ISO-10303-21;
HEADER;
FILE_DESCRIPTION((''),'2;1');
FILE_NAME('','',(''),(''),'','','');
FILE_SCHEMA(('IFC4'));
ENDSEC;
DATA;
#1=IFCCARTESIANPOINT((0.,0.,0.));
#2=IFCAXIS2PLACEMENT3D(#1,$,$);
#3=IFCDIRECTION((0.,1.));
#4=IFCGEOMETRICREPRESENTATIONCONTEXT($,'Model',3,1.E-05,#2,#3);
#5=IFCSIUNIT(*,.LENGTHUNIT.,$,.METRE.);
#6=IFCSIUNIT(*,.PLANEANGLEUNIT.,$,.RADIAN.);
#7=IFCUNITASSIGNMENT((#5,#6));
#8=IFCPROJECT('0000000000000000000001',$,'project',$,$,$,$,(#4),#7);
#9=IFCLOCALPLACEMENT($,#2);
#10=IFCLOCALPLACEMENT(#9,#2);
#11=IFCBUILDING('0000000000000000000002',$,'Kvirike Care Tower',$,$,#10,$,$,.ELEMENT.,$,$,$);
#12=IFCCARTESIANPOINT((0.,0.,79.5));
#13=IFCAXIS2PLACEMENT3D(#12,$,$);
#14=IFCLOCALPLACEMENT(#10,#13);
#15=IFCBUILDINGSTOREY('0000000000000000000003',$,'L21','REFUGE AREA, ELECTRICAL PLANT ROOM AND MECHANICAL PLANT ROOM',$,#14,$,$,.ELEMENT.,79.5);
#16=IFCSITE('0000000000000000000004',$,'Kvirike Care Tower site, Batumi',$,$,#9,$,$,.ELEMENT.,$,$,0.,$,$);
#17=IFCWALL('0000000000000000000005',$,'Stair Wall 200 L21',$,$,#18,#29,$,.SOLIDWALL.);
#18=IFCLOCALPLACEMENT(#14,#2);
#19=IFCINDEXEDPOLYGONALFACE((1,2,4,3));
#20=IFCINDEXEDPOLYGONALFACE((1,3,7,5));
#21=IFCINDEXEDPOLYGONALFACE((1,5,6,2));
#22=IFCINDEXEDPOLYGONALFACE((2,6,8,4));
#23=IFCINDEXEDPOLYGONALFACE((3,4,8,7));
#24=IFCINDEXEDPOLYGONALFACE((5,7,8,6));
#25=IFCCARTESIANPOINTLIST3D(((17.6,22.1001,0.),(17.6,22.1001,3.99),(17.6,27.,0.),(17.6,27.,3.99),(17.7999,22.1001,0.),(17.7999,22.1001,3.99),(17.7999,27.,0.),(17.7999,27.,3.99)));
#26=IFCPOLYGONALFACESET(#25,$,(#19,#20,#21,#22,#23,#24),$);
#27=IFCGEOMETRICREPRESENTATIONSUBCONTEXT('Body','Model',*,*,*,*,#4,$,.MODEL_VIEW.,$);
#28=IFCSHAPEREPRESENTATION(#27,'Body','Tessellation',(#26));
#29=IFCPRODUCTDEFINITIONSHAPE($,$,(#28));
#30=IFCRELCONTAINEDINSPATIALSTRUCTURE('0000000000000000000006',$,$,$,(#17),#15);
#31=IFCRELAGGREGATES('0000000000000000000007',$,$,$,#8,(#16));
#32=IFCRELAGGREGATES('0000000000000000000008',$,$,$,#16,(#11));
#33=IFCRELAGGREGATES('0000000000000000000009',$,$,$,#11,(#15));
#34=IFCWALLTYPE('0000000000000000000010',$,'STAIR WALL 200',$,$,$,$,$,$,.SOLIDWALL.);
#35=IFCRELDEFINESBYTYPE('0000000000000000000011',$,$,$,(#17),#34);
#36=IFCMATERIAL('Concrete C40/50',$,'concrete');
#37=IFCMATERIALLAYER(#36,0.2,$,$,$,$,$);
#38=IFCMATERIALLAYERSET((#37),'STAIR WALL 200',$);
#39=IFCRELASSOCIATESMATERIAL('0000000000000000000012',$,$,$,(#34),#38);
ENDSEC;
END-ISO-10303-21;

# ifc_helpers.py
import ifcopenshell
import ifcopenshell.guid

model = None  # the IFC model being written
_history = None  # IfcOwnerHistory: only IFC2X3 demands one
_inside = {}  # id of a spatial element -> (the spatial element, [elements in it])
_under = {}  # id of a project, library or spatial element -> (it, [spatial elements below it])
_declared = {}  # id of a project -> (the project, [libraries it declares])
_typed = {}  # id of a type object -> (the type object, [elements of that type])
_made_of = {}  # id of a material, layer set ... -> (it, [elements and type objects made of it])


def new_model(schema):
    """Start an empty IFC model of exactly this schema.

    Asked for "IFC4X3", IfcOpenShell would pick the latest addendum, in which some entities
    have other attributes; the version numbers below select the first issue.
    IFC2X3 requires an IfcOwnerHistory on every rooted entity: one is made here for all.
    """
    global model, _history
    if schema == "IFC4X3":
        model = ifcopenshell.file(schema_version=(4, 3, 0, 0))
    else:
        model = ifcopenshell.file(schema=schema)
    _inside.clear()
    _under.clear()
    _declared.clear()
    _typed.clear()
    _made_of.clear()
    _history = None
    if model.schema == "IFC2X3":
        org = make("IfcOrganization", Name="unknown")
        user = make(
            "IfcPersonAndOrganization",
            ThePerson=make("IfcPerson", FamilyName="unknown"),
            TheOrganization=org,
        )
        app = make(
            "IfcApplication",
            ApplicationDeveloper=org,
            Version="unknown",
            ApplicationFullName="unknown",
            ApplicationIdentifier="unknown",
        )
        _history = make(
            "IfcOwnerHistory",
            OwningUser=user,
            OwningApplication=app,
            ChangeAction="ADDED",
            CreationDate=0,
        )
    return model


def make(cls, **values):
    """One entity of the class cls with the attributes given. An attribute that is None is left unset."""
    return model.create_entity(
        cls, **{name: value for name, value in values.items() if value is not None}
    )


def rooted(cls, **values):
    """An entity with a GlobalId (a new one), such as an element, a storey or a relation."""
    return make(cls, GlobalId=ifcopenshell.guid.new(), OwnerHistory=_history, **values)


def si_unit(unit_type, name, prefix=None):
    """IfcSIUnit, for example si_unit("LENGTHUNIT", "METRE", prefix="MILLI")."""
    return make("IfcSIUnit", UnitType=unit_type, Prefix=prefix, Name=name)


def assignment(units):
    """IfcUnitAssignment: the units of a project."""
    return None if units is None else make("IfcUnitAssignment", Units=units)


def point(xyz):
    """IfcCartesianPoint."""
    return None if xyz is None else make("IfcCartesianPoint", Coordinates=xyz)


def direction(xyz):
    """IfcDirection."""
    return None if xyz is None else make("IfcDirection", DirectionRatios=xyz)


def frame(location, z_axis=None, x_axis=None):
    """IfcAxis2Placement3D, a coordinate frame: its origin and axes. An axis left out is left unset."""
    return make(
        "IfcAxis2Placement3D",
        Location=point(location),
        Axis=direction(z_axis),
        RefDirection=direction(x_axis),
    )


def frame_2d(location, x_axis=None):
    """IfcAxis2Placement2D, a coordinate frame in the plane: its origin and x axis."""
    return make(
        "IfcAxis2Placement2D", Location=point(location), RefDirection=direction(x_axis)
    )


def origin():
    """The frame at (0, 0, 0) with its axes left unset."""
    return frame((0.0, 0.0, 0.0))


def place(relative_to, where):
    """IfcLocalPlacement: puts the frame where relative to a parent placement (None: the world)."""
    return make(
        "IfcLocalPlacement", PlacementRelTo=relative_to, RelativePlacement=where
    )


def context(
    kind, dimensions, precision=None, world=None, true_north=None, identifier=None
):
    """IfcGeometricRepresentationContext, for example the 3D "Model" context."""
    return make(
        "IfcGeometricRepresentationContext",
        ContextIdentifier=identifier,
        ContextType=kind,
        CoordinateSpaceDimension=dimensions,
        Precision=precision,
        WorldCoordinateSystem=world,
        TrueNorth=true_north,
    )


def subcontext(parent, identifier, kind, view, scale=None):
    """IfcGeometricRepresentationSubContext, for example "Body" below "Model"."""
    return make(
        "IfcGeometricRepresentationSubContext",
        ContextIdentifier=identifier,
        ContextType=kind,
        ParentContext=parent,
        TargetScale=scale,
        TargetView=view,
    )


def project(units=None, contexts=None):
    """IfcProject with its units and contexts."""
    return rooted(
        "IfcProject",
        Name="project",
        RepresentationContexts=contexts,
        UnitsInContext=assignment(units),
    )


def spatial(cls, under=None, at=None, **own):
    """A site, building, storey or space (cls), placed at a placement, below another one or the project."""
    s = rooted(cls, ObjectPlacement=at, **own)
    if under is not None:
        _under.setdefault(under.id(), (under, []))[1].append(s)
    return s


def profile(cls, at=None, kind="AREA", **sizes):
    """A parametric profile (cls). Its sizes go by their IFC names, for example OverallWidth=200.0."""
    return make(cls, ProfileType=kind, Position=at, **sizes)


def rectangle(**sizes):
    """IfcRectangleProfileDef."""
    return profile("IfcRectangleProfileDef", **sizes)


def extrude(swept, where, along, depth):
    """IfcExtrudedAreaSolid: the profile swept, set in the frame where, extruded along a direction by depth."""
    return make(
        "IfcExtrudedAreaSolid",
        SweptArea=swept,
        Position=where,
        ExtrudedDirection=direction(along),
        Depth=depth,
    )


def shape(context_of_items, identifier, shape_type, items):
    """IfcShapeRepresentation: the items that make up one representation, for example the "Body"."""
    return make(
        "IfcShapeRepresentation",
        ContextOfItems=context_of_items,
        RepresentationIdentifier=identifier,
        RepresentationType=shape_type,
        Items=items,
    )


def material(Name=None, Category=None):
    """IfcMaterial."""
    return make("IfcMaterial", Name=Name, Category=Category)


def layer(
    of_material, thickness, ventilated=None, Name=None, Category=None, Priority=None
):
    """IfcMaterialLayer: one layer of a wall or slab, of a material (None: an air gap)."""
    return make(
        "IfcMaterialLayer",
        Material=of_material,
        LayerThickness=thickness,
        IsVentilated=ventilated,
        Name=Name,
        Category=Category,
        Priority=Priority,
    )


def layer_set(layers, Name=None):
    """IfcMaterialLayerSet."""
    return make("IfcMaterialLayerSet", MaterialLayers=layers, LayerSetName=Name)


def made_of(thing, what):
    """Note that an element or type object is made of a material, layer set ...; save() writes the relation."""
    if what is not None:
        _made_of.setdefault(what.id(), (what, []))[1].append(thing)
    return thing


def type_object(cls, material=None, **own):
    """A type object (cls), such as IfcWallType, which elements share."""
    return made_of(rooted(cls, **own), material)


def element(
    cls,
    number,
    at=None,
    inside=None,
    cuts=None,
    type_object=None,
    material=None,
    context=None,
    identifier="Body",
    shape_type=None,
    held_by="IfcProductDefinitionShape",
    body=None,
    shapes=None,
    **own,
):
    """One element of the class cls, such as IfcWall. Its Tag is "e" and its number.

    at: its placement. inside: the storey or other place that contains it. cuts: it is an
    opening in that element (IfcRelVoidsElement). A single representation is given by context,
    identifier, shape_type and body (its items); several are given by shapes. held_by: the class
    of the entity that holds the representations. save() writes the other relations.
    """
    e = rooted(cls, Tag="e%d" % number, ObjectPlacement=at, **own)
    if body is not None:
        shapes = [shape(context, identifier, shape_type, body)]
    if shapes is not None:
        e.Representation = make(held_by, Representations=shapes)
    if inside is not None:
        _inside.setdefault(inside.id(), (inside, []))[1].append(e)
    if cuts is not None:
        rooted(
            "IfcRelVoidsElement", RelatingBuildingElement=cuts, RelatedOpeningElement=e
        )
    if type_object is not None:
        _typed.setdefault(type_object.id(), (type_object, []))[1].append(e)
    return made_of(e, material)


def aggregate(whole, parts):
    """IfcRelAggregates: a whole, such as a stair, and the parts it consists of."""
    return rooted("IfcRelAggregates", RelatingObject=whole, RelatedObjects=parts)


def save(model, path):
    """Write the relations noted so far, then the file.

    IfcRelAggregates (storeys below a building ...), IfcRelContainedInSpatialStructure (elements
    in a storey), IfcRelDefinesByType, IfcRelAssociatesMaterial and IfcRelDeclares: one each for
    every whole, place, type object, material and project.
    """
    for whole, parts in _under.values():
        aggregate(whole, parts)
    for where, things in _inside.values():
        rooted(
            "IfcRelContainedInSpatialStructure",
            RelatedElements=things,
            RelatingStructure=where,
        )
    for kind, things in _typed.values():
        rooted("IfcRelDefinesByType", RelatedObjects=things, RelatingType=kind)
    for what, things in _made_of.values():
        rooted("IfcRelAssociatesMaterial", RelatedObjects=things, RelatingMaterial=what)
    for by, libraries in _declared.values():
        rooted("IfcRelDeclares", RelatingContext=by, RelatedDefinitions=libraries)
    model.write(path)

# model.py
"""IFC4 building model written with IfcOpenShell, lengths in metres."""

from ifc_helpers import new_model, si_unit, direction, frame, frame_2d, origin, place, context, subcontext, project, spatial, rectangle, extrude, material, layer, layer_set, type_object, element, save


model = new_model("IFC4")

# Units and contexts
model_context = context("Model", 3, precision=1e-05, world=origin(), true_north=direction((0.0, 1.0)))
body_context = subcontext(model_context, "Body", "Model", "MODEL_VIEW")
ifc_project = project(units=[si_unit("LENGTHUNIT", "METRE"), si_unit("PLANEANGLEUNIT", "RADIAN")], contexts=[model_context])

# Site, building, storey
site_placement = place(None, origin())
site = spatial("IfcSite", under=ifc_project, at=site_placement, Name="Kvirike Care Tower site, Batumi", CompositionType="ELEMENT", RefElevation=0.0)
building_placement = place(site_placement, origin())
building = spatial("IfcBuilding", under=site, at=building_placement, Name="Kvirike Care Tower", CompositionType="ELEMENT")
storey_placement = place(building_placement, frame((0.0, 0.0, 79.5)))
storey = spatial("IfcBuildingStorey", under=building, at=storey_placement, Name="L21", Description="REFUGE AREA, ELECTRICAL PLANT ROOM AND MECHANICAL PLANT ROOM", CompositionType="ELEMENT", Elevation=79.5)

# Wall
ifc_material_1 = material(Name="Concrete C40/50", Category="concrete")
ifc_layer_1 = layer(ifc_material_1, 0.2)
ifc_layer_set_1 = layer_set([ifc_layer_1], Name="STAIR WALL 200")
wall_type_1 = type_object("IfcWallType", Name="STAIR WALL 200", PredefinedType="SOLIDWALL", material=ifc_layer_set_1)
wall_1_placement = place(storey_placement, frame((17.7, 22.1001, 0.0), z_axis=(0.0, 0.0, 1.0), x_axis=(0.0, 1.0, 0.0)))
element("IfcWall", 1, at=wall_1_placement, inside=storey, type_object=wall_type_1, Name="Stair Wall 200 L21", PredefinedType="SOLIDWALL", context=body_context, shape_type="SweptSolid", body=[
    extrude(rectangle(XDim=4.8999, YDim=0.2, at=frame_2d((2.45, 0.0))), origin(), (0.0, 0.0, 1.0), 3.99),
])

save(model, "model.ifc")
